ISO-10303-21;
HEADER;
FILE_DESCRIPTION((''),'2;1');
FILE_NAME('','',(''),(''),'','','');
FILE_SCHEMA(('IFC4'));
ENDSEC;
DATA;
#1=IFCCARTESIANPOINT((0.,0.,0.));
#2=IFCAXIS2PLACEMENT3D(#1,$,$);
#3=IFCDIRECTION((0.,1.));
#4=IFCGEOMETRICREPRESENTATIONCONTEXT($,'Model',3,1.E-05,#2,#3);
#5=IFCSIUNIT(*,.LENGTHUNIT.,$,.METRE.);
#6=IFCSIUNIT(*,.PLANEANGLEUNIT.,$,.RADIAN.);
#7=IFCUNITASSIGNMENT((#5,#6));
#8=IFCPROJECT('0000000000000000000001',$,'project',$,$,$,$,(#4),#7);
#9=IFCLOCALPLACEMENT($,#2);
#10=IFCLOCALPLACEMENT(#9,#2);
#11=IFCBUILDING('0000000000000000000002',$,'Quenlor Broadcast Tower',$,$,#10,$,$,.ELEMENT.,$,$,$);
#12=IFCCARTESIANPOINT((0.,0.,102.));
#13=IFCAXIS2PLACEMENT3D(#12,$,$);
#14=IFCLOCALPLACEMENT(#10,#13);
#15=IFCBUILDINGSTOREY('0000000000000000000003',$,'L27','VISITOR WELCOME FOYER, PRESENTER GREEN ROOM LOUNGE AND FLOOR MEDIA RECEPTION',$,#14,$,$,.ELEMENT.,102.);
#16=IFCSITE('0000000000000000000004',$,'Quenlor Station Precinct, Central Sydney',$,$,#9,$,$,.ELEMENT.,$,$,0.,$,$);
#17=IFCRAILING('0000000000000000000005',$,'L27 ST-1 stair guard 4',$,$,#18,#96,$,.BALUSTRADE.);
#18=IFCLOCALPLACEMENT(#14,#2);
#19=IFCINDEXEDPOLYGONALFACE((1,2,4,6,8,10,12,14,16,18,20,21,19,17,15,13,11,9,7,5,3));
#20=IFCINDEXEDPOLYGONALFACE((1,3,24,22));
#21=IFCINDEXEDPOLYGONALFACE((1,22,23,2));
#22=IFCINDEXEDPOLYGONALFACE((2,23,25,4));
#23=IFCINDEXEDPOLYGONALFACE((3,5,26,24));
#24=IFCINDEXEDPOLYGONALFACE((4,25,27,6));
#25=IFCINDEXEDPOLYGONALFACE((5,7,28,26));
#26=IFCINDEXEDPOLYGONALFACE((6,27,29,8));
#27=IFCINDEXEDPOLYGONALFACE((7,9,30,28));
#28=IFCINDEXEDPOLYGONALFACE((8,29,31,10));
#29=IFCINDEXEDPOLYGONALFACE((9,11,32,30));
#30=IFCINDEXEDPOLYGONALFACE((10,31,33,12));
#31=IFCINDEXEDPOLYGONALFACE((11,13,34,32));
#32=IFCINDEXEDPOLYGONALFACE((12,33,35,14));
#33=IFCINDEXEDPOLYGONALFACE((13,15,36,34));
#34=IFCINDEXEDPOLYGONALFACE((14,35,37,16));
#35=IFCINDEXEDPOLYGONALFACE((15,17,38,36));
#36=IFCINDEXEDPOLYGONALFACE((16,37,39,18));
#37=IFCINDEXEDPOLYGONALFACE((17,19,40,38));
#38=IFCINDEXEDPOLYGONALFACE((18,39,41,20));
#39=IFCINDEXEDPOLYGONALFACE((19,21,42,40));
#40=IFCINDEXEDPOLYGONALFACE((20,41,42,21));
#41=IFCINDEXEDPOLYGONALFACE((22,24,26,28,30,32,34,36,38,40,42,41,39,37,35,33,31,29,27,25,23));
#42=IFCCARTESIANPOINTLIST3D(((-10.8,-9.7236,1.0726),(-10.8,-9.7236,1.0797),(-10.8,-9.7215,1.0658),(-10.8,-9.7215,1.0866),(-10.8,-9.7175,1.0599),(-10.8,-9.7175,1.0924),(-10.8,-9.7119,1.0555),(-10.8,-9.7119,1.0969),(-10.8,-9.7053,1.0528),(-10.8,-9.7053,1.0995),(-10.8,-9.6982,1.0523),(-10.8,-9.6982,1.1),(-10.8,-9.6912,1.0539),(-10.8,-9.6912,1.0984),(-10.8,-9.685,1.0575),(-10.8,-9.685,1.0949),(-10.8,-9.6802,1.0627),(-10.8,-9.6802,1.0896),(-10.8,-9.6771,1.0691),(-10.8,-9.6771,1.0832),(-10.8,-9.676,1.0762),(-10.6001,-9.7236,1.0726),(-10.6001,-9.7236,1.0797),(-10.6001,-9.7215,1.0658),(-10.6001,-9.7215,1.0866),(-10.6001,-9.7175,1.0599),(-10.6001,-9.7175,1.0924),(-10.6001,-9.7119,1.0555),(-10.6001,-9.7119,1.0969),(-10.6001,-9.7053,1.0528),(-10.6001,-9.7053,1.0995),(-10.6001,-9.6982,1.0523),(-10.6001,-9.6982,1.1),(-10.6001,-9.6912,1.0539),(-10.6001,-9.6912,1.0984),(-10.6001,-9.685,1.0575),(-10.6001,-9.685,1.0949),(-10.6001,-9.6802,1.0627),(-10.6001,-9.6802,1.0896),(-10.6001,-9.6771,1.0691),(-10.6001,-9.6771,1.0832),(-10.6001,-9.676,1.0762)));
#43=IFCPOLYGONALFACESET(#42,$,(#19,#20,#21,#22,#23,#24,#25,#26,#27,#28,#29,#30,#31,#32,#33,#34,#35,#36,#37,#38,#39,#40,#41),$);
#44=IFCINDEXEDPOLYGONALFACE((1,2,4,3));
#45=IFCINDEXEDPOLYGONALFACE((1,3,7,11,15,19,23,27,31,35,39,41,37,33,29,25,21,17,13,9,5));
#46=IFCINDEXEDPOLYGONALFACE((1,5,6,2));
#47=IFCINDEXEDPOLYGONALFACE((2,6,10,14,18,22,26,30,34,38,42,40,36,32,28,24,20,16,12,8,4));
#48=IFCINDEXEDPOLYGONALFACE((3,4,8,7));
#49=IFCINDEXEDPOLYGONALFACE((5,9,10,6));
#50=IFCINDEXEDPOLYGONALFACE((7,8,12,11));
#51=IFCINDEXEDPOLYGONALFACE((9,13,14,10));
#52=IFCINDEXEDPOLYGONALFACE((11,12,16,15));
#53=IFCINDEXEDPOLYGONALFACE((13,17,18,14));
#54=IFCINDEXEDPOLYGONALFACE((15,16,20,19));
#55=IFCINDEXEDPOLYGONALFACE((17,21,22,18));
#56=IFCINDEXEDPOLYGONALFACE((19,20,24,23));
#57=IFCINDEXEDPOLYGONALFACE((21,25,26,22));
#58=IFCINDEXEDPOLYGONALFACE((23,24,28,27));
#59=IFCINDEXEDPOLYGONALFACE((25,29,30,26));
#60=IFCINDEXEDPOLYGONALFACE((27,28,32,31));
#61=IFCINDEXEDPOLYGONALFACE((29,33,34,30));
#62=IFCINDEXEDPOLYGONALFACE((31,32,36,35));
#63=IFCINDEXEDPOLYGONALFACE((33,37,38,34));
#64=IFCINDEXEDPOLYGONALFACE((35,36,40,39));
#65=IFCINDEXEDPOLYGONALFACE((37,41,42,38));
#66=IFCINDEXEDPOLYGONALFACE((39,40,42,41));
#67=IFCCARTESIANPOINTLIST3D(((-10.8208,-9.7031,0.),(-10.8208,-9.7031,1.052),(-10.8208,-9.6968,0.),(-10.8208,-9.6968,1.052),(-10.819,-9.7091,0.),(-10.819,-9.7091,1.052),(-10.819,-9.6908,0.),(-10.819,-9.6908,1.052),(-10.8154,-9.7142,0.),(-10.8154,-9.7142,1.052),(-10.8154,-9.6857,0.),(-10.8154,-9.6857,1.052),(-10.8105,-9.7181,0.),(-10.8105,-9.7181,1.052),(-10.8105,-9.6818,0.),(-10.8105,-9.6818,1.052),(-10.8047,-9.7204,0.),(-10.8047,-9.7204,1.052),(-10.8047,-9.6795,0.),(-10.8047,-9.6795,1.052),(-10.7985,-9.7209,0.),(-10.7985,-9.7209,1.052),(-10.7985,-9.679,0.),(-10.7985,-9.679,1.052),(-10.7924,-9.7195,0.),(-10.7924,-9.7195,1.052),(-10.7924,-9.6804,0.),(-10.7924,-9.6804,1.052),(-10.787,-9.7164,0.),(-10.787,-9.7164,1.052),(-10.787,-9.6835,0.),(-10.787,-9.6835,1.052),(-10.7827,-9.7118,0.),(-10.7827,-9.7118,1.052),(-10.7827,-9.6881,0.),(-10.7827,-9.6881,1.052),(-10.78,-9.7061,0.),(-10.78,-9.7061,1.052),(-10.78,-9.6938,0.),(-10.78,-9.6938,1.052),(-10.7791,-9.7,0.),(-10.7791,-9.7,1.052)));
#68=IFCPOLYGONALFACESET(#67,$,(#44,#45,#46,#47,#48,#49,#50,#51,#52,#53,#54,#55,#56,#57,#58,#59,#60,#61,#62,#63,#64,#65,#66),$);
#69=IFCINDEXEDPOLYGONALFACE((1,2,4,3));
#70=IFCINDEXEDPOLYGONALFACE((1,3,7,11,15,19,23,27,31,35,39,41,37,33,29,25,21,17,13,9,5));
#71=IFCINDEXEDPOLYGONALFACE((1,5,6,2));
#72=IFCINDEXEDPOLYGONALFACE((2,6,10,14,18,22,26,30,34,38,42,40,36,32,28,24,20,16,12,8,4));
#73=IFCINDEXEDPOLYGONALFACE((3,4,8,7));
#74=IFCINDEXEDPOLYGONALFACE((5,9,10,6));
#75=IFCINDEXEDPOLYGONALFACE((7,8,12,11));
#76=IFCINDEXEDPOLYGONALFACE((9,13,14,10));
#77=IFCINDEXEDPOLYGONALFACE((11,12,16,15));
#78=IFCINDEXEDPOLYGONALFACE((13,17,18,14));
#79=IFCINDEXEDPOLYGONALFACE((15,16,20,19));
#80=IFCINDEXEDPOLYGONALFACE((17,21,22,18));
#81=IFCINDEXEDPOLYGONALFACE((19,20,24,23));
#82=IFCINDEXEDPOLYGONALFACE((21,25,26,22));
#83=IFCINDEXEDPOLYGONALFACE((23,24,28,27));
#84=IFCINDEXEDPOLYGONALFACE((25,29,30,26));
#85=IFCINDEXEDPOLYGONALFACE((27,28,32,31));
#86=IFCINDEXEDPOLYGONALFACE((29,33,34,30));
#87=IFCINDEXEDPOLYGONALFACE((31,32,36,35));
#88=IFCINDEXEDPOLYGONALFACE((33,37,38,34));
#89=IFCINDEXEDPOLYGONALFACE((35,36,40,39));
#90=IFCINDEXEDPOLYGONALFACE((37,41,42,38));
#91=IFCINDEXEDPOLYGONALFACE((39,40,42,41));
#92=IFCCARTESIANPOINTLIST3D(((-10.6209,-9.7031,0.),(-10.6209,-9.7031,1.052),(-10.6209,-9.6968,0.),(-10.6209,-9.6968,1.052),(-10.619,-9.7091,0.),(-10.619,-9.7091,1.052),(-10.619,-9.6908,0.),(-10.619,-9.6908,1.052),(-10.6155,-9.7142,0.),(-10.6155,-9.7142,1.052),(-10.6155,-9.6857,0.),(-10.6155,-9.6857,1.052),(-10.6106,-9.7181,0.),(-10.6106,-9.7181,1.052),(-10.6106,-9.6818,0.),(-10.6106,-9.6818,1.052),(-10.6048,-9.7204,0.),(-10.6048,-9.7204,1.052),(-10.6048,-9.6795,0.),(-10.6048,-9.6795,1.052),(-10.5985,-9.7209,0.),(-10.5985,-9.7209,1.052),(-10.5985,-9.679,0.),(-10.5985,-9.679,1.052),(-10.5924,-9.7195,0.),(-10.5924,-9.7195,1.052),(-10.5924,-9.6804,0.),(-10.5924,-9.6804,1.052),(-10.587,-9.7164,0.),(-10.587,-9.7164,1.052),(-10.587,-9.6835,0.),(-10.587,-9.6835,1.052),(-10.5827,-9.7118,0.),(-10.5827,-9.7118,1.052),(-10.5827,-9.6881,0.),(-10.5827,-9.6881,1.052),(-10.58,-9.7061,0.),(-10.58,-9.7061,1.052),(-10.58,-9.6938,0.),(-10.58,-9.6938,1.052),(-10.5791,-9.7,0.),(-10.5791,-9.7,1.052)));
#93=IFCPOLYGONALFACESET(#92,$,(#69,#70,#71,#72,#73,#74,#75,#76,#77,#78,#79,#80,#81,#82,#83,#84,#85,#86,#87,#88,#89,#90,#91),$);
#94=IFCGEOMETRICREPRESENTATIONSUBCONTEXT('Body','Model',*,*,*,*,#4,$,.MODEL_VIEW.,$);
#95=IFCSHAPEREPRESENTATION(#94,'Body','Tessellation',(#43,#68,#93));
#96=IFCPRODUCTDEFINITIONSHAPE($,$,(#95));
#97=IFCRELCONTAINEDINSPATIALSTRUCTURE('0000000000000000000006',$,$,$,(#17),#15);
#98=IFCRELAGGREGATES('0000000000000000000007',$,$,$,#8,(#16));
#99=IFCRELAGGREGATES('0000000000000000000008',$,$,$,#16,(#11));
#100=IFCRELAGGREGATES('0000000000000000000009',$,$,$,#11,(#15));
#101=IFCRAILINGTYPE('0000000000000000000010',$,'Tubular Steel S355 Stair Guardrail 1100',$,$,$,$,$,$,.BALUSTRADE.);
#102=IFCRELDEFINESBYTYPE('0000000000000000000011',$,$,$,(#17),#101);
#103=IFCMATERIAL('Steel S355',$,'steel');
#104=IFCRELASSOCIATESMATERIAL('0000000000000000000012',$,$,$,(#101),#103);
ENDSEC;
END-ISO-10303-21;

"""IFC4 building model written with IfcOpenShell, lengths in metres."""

from ifc_helpers import new_model, si_unit, direction, frame, origin, origin_2d, place, context, subcontext, project, spatial, circle, extrude, material, type_object, element, save


model = new_model("IFC4")

# Units and contexts
model_context = context("Model", 3, precision=1e-05, world=origin(), true_north=direction((0.0, 1.0)))
body_context = subcontext(model_context, "Body", "Model", "MODEL_VIEW")
ifc_project = project(units=[si_unit("LENGTHUNIT", "METRE"), si_unit("PLANEANGLEUNIT", "RADIAN")], contexts=[model_context])

# Site, building, storey
site_placement = place(None, origin())
site = spatial("IfcSite", under=ifc_project, at=site_placement, Name="Quenlor Station Precinct, Central Sydney", CompositionType="ELEMENT", RefElevation=0.0)
building_placement = place(site_placement, origin())
building = spatial("IfcBuilding", under=site, at=building_placement, Name="Quenlor Broadcast Tower", CompositionType="ELEMENT")
storey_placement = place(building_placement, frame((0.0, 0.0, 102.0)))
storey = spatial("IfcBuildingStorey", under=building, at=storey_placement, Name="L27", Description="VISITOR WELCOME FOYER, PRESENTER GREEN ROOM LOUNGE AND FLOOR MEDIA RECEPTION", CompositionType="ELEMENT", Elevation=102.0)

# Railing
ifc_material_1 = material(Name="Steel S355", Category="steel")
railing_type_1 = type_object("IfcRailingType", Name="Tubular Steel S355 Stair Guardrail 1100", PredefinedType="BALUSTRADE", material=ifc_material_1)
railing_1_placement = place(storey_placement, frame((-10.8, -9.7, 0.0)))
element("IfcRailing", 1, at=railing_1_placement, inside=storey, type_object=railing_type_1, Name="L27 ST-1 stair guard 4", PredefinedType="BALUSTRADE", context=body_context, shape_type="SweptSolid", body=[
    extrude(circle(Radius=0.0239, at=origin_2d()), frame((0.0, 0.0, 1.0762), z_axis=(1.0, 0.0, 0.0), x_axis=(0.0, 1.0, 0.0)), (0.0, 0.0, 1.0), 0.2),
    extrude(circle(Radius=0.021, at=origin_2d()), origin(), (0.0, 0.0, 1.0), 1.052),
    extrude(circle(Radius=0.021, at=origin_2d()), frame((0.2, 0.0, 0.0)), (0.0, 0.0, 1.0), 1.052),
])

save(model, "model.ifc")
